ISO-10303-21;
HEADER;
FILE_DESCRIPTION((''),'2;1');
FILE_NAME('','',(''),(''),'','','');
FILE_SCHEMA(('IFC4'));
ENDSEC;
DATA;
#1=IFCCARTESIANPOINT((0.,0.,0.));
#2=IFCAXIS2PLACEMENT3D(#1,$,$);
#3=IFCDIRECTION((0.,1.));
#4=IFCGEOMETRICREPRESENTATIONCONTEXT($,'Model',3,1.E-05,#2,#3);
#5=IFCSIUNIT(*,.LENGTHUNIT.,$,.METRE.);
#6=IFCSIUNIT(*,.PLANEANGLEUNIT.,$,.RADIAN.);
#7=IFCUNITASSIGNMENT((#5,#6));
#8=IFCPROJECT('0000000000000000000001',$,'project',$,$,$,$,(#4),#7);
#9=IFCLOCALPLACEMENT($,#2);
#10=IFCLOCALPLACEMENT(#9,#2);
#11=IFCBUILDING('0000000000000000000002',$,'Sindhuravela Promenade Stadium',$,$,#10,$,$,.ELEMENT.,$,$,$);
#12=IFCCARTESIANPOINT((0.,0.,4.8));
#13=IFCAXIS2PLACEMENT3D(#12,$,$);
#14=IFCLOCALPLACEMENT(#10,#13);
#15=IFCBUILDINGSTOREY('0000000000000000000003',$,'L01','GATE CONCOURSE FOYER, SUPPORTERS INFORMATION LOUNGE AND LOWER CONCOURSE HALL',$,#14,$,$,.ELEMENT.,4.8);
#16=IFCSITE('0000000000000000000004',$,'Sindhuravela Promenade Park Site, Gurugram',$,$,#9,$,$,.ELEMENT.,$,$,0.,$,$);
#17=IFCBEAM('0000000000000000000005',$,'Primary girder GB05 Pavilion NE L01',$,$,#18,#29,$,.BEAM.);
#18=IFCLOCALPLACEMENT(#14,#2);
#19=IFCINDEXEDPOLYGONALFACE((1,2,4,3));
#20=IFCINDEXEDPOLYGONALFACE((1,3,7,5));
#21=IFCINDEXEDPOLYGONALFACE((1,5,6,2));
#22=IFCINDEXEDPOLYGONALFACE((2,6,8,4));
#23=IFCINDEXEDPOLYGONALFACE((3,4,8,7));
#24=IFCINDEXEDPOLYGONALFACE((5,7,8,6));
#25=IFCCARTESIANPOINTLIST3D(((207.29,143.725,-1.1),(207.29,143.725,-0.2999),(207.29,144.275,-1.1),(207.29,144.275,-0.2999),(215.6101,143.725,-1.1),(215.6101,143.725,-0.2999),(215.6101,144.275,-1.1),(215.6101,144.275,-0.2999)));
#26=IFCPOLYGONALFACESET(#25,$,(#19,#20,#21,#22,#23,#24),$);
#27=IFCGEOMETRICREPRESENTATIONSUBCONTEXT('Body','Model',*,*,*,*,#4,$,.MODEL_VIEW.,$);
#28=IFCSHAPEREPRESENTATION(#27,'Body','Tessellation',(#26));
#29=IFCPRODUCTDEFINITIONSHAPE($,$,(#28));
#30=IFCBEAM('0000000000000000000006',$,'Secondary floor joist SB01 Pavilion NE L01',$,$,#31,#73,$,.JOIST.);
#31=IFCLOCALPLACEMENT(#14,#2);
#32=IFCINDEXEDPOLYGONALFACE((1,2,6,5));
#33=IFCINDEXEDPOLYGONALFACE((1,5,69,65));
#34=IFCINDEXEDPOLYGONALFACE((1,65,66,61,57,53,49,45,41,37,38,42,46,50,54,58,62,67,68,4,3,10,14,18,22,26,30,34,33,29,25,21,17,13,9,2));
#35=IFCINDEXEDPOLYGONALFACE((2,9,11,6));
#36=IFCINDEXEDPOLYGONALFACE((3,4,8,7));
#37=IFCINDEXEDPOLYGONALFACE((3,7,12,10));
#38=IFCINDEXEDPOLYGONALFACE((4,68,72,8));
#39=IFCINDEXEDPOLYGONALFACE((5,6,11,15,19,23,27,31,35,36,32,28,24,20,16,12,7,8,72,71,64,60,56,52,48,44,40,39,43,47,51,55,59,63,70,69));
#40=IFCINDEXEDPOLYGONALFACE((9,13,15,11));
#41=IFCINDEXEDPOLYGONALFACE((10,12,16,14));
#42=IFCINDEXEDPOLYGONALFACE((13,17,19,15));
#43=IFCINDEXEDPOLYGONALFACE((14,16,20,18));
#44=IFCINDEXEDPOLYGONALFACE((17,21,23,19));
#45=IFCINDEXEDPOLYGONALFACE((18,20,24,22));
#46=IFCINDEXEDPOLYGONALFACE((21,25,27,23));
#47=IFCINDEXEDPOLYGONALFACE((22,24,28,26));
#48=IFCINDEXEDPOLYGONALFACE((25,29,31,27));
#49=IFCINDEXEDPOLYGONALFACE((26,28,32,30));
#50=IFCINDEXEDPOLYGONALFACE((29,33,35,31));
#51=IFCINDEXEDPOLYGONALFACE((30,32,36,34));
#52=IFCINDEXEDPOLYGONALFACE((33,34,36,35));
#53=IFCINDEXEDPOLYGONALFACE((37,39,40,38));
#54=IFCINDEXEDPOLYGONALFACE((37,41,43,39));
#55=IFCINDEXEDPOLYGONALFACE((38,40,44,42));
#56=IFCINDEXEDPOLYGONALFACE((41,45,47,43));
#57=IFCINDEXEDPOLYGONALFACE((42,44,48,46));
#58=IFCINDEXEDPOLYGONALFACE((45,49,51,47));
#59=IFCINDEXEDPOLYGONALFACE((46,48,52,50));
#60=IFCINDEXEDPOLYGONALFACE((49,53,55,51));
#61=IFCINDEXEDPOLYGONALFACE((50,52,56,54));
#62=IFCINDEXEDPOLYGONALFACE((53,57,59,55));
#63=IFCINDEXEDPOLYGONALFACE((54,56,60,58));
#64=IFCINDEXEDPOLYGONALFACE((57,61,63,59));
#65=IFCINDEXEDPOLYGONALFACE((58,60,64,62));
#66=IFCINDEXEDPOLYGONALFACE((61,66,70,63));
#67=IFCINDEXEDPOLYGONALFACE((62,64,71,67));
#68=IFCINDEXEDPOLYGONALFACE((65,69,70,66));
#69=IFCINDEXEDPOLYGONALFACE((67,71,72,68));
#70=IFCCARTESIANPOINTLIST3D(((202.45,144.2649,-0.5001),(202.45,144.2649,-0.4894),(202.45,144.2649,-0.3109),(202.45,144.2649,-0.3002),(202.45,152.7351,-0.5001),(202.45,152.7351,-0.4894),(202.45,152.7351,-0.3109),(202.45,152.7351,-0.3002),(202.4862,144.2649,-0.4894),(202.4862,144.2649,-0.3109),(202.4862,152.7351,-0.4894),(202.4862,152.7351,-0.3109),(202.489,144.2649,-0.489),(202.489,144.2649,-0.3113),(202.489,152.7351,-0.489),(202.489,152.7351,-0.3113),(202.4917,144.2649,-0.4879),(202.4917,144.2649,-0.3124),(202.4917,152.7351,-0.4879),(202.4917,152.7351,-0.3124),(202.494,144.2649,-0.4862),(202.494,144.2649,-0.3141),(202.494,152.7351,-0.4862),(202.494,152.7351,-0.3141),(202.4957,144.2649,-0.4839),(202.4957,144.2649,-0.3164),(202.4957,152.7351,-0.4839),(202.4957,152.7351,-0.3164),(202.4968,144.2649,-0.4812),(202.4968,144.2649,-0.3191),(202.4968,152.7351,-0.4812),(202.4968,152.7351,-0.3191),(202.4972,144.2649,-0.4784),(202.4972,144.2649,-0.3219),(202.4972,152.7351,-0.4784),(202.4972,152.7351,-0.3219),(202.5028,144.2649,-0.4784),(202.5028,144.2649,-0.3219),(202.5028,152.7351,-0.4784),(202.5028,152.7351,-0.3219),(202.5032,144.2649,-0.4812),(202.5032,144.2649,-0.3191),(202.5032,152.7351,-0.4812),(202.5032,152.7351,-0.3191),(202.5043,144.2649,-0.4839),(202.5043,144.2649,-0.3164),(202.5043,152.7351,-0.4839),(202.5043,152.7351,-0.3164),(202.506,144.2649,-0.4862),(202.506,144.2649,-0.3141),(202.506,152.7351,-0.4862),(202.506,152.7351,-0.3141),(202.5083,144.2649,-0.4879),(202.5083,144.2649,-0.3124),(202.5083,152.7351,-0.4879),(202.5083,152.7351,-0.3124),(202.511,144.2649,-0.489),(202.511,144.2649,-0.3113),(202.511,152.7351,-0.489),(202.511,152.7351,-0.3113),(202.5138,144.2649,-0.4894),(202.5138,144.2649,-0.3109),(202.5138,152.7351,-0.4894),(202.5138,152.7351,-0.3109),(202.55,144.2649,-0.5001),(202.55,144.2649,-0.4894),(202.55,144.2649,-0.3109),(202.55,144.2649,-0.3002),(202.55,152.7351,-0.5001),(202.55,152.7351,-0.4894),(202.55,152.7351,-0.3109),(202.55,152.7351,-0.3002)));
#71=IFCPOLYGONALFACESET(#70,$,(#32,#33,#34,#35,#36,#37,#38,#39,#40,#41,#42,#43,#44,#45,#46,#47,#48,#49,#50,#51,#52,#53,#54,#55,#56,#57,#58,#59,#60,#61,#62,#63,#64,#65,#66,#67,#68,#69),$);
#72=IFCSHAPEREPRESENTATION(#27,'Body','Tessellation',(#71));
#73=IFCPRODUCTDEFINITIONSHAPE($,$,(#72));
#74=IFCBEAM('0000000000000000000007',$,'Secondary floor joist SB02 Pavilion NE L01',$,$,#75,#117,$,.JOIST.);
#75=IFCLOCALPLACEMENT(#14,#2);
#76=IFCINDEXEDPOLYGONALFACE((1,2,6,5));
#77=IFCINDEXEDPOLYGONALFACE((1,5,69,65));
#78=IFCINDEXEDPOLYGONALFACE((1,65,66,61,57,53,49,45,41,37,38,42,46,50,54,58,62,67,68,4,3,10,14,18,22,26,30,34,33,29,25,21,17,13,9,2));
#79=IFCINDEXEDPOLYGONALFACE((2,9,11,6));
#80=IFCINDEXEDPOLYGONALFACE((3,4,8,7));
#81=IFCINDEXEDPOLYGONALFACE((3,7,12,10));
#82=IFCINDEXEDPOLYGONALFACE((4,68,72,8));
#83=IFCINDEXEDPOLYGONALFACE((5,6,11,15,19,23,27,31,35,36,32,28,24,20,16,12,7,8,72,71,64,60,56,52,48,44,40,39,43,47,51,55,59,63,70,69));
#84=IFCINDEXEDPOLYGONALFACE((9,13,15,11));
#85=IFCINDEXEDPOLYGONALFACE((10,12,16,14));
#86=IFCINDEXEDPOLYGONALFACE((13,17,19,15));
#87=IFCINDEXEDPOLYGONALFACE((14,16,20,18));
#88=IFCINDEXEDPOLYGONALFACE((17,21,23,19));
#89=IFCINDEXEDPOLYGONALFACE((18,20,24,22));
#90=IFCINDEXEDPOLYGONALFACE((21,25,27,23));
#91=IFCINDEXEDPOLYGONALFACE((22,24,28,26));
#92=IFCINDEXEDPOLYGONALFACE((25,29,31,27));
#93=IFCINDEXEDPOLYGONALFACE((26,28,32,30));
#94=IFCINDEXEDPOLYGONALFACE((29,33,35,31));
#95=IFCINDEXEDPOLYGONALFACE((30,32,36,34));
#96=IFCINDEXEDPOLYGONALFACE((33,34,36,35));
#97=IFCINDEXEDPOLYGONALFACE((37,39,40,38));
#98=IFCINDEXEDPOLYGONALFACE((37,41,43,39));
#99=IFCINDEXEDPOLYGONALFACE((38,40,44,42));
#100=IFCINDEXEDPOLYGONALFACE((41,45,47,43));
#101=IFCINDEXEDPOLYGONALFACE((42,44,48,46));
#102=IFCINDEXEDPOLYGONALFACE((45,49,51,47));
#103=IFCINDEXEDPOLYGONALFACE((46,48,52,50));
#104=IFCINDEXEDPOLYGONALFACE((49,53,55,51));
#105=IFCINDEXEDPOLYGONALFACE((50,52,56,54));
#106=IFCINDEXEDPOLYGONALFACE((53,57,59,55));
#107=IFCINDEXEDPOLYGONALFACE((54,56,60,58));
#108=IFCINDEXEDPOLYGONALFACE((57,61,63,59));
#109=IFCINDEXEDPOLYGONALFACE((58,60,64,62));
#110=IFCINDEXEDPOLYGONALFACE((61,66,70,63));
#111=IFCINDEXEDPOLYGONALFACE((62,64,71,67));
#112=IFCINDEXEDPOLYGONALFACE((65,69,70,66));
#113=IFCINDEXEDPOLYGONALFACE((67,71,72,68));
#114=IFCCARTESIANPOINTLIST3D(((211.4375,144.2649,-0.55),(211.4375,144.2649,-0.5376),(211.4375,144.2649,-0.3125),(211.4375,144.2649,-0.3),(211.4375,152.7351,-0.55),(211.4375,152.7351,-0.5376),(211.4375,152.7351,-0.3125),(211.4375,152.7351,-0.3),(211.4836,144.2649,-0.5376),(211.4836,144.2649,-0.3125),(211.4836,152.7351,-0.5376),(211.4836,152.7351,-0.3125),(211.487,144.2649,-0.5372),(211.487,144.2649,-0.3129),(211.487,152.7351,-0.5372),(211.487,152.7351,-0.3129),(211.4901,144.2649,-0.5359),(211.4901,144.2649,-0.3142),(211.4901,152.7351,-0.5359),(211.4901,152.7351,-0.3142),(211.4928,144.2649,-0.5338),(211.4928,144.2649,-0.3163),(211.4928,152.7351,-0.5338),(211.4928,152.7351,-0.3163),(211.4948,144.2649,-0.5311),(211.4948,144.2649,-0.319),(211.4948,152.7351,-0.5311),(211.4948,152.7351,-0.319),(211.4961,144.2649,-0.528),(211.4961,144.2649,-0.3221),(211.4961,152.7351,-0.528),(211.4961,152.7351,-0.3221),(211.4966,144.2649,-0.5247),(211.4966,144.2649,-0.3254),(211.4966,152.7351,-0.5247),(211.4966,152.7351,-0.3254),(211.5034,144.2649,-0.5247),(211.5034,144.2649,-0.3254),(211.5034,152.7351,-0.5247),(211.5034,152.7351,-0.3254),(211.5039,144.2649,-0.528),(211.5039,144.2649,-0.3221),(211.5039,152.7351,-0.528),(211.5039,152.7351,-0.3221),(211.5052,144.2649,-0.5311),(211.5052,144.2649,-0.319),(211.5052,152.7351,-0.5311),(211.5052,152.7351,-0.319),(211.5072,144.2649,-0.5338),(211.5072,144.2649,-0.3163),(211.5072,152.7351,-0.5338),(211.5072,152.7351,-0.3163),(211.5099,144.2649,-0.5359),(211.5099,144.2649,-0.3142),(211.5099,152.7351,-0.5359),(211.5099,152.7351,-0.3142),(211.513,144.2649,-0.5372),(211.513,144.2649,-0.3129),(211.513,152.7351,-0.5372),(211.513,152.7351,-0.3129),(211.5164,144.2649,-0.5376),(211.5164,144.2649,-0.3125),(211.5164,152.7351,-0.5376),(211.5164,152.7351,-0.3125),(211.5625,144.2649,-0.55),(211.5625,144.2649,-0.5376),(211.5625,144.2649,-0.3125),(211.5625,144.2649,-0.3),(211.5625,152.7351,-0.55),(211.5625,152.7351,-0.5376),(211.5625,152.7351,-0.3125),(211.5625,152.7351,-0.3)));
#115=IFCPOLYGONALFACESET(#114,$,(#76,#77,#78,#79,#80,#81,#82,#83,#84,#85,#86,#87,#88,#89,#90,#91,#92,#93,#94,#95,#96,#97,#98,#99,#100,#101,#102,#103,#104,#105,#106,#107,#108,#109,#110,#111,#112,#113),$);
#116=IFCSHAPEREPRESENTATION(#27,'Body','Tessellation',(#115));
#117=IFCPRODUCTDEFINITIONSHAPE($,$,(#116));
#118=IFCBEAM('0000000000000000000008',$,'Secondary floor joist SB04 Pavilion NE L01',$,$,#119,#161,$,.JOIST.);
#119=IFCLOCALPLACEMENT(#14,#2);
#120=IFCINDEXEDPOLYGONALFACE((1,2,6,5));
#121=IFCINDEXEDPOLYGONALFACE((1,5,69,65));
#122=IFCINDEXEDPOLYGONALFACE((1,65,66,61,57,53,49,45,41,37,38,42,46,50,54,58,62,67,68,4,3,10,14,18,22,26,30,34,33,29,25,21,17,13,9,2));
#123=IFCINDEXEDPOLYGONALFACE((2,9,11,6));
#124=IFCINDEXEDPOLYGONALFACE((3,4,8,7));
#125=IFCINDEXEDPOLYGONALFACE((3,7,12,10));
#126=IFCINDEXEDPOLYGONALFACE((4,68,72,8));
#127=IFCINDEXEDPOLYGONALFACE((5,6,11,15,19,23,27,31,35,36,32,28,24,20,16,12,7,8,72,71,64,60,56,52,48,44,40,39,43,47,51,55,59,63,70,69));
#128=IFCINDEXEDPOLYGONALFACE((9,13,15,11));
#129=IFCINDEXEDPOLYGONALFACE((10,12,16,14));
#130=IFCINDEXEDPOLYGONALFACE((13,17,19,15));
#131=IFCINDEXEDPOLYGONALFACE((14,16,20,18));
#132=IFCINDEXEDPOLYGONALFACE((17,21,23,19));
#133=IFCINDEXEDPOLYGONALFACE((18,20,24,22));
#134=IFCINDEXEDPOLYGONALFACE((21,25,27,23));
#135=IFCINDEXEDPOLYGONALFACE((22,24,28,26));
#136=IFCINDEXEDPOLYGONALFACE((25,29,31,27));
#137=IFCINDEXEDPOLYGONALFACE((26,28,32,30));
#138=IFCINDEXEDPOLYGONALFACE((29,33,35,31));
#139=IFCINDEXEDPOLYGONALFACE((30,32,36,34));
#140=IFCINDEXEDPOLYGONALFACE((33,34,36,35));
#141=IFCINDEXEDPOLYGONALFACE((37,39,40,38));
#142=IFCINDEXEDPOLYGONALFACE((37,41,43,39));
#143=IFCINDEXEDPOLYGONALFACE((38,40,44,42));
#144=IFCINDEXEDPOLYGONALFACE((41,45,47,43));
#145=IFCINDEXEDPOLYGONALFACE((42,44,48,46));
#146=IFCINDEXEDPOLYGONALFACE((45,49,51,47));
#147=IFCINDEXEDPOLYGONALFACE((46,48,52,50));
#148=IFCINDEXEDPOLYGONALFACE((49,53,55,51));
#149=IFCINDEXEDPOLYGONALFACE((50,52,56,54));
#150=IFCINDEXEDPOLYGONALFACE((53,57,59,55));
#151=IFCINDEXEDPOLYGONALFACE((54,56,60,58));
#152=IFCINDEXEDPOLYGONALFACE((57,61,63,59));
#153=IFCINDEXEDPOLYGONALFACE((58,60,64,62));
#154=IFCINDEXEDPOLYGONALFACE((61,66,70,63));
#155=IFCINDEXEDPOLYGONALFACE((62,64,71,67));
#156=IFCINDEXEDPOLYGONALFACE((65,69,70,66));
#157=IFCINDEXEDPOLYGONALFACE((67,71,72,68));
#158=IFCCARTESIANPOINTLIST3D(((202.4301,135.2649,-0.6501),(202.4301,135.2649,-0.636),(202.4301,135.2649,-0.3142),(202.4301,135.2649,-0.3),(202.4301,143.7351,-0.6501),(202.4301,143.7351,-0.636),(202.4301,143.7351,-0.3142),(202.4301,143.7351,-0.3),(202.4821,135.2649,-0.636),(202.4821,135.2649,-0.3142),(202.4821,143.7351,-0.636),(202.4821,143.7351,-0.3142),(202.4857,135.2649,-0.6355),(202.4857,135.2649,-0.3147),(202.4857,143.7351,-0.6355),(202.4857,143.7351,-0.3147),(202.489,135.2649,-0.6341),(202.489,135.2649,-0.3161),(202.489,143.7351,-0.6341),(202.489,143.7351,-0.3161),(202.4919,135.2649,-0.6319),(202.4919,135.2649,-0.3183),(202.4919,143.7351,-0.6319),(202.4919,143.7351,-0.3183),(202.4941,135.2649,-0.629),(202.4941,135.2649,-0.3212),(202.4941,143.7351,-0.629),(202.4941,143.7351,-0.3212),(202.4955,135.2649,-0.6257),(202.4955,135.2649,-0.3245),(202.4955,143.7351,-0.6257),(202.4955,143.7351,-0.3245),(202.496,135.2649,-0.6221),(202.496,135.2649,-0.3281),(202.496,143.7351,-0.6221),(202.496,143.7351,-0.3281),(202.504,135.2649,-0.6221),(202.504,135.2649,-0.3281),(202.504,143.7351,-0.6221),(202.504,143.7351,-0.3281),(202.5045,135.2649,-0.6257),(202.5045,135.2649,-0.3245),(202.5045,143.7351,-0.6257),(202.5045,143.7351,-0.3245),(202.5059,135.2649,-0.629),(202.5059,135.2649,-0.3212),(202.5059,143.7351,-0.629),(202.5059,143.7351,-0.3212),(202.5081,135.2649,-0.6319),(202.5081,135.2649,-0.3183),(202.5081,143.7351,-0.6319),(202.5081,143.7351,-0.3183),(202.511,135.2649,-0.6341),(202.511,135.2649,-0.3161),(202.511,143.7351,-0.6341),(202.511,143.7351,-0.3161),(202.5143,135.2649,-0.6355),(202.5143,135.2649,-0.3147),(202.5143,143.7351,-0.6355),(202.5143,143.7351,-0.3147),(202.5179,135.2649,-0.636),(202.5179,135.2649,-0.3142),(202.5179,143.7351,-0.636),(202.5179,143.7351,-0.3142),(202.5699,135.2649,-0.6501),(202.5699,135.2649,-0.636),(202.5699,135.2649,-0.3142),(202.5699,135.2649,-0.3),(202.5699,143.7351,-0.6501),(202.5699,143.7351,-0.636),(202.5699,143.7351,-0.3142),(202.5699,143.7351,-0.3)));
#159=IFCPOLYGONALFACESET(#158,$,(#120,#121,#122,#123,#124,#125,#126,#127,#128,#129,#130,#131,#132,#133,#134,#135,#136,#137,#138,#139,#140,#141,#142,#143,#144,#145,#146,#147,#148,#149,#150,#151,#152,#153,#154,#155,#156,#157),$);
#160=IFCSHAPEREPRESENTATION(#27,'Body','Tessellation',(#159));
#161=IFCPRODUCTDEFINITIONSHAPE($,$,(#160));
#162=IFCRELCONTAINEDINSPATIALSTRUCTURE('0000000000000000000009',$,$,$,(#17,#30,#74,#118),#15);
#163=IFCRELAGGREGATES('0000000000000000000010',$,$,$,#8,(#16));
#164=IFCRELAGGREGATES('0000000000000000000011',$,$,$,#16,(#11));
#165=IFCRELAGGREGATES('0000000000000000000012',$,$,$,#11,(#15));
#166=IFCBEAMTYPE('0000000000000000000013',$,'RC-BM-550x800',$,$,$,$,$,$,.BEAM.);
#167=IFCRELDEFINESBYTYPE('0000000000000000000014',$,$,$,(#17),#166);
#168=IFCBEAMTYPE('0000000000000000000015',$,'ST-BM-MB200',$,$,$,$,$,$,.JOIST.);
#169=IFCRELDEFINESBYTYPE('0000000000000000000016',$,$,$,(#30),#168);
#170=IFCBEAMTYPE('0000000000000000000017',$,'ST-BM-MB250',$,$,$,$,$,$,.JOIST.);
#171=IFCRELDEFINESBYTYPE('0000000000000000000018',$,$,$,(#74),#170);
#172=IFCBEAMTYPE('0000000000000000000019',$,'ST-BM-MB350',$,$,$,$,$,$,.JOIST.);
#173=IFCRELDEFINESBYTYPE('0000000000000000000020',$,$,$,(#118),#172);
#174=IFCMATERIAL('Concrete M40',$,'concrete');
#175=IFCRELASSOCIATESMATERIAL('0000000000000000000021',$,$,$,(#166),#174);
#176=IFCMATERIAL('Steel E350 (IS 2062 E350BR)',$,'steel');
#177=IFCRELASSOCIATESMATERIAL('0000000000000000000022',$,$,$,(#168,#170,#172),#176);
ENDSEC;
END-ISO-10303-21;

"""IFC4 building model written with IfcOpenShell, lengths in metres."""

from ifc_helpers import new_model, si_unit, direction, frame, origin, origin_2d, place, context, subcontext, project, spatial, rectangle, i_section, extrude, material, material_profile, profile_set, type_object, element, save


model = new_model("IFC4")

# Units and contexts
model_context = context("Model", 3, precision=1e-05, world=origin(), true_north=direction((0.0, 1.0)))
body_context = subcontext(model_context, "Body", "Model", "MODEL_VIEW")
ifc_project = project(units=[si_unit("LENGTHUNIT", "METRE"), si_unit("PLANEANGLEUNIT", "RADIAN")], contexts=[model_context])

# Site, building, storey
site_placement = place(None, origin())
site = spatial("IfcSite", under=ifc_project, at=site_placement, Name="Sindhuravela Promenade Park Site, Gurugram", CompositionType="ELEMENT", RefElevation=0.0)
building_placement = place(site_placement, origin())
building = spatial("IfcBuilding", under=site, at=building_placement, Name="Sindhuravela Promenade Stadium", CompositionType="ELEMENT")
storey_placement = place(building_placement, frame((0.0, 0.0, 4.8)))
storey = spatial("IfcBuildingStorey", under=building, at=storey_placement, Name="L01", Description="GATE CONCOURSE FOYER, SUPPORTERS INFORMATION LOUNGE AND LOWER CONCOURSE HALL", CompositionType="ELEMENT", Elevation=4.8)

# Shared definitions
ifc_material_1 = material(Name="Concrete M40", Category="concrete")

# Beams
ifc_material_profile_1 = material_profile(ifc_material_1, rectangle(XDim=0.55, YDim=0.8, at=origin_2d()), Name="RC 550x800")
ifc_profile_set_1 = profile_set([ifc_material_profile_1], Name="Concrete M40")
beam_type_1 = type_object("IfcBeamType", Name="RC-BM-550x800", PredefinedType="BEAM", material=ifc_profile_set_1)
beam_1_placement = place(storey_placement, frame((207.29, 144.0, -0.7), z_axis=(1.0, 0.0, 0.0), x_axis=(0.0, 1.0, 0.0)))
element("IfcBeam", 1, at=beam_1_placement, inside=storey, type_object=beam_type_1, Name="Primary girder GB05 Pavilion NE L01", PredefinedType="BEAM", context=body_context, shape_type="SweptSolid", body=[
    extrude(rectangle(XDim=0.55, YDim=0.8, at=origin_2d()), origin(), (0.0, 0.0, 1.0), 8.3201),
])
ifc_material_2 = material(Name="Steel E350 (IS 2062 E350BR)", Category="steel")
ifc_material_profile_2 = material_profile(ifc_material_2, i_section(OverallWidth=0.1001, OverallDepth=0.2, WebThickness=0.0056, FlangeThickness=0.0107, FilletRadius=0.011, at=origin_2d()), Name="ISMB 200")
ifc_profile_set_2 = profile_set([ifc_material_profile_2], Name="Steel E350 (IS 2062 E350BR)")
beam_type_2 = type_object("IfcBeamType", Name="ST-BM-MB200", PredefinedType="JOIST", material=ifc_profile_set_2)
beam_2_placement = place(storey_placement, frame((202.5, 144.2649, -0.4001), z_axis=(0.0, 1.0, 0.0), x_axis=(-1.0, 0.0, 0.0)))
element("IfcBeam", 2, at=beam_2_placement, inside=storey, type_object=beam_type_2, Name="Secondary floor joist SB01 Pavilion NE L01", PredefinedType="JOIST", context=body_context, shape_type="SweptSolid", body=[
    extrude(i_section(OverallWidth=0.1001, OverallDepth=0.2, WebThickness=0.0056, FlangeThickness=0.0107, FilletRadius=0.011, at=origin_2d()), origin(), (0.0, 0.0, 1.0), 8.4702),
])
ifc_material_profile_3 = material_profile(ifc_material_2, i_section(OverallWidth=0.125, OverallDepth=0.25, WebThickness=0.0068, FlangeThickness=0.0125, FilletRadius=0.0129, at=origin_2d()), Name="ISMB 250")
ifc_profile_set_3 = profile_set([ifc_material_profile_3], Name="Steel E350 (IS 2062 E350BR)")
beam_type_3 = type_object("IfcBeamType", Name="ST-BM-MB250", PredefinedType="JOIST", material=ifc_profile_set_3)
beam_3_placement = place(storey_placement, frame((211.5, 144.2649, -0.425), z_axis=(0.0, 1.0, 0.0), x_axis=(-1.0, 0.0, 0.0)))
element("IfcBeam", 3, at=beam_3_placement, inside=storey, type_object=beam_type_3, Name="Secondary floor joist SB02 Pavilion NE L01", PredefinedType="JOIST", context=body_context, shape_type="SweptSolid", body=[
    extrude(i_section(OverallWidth=0.125, OverallDepth=0.25, WebThickness=0.0068, FlangeThickness=0.0125, FilletRadius=0.0129, at=origin_2d()), origin(), (0.0, 0.0, 1.0), 8.4702),
])
ifc_material_profile_4 = material_profile(ifc_material_2, i_section(OverallWidth=0.1399, OverallDepth=0.3501, WebThickness=0.0081, FlangeThickness=0.0142, FilletRadius=0.0139, at=origin_2d()), Name="ISMB 350")
ifc_profile_set_4 = profile_set([ifc_material_profile_4], Name="Steel E350 (IS 2062 E350BR)")
beam_type_4 = type_object("IfcBeamType", Name="ST-BM-MB350", PredefinedType="JOIST", material=ifc_profile_set_4)
beam_4_placement = place(storey_placement, frame((202.5, 135.2649, -0.4751), z_axis=(0.0, 1.0, 0.0), x_axis=(-1.0, 0.0, 0.0)))
element("IfcBeam", 4, at=beam_4_placement, inside=storey, type_object=beam_type_4, Name="Secondary floor joist SB04 Pavilion NE L01", PredefinedType="JOIST", context=body_context, shape_type="SweptSolid", body=[
    extrude(i_section(OverallWidth=0.1399, OverallDepth=0.3501, WebThickness=0.0081, FlangeThickness=0.0142, FilletRadius=0.0139, at=origin_2d()), origin(), (0.0, 0.0, 1.0), 8.4702),
])

save(model, "model.ifc")
